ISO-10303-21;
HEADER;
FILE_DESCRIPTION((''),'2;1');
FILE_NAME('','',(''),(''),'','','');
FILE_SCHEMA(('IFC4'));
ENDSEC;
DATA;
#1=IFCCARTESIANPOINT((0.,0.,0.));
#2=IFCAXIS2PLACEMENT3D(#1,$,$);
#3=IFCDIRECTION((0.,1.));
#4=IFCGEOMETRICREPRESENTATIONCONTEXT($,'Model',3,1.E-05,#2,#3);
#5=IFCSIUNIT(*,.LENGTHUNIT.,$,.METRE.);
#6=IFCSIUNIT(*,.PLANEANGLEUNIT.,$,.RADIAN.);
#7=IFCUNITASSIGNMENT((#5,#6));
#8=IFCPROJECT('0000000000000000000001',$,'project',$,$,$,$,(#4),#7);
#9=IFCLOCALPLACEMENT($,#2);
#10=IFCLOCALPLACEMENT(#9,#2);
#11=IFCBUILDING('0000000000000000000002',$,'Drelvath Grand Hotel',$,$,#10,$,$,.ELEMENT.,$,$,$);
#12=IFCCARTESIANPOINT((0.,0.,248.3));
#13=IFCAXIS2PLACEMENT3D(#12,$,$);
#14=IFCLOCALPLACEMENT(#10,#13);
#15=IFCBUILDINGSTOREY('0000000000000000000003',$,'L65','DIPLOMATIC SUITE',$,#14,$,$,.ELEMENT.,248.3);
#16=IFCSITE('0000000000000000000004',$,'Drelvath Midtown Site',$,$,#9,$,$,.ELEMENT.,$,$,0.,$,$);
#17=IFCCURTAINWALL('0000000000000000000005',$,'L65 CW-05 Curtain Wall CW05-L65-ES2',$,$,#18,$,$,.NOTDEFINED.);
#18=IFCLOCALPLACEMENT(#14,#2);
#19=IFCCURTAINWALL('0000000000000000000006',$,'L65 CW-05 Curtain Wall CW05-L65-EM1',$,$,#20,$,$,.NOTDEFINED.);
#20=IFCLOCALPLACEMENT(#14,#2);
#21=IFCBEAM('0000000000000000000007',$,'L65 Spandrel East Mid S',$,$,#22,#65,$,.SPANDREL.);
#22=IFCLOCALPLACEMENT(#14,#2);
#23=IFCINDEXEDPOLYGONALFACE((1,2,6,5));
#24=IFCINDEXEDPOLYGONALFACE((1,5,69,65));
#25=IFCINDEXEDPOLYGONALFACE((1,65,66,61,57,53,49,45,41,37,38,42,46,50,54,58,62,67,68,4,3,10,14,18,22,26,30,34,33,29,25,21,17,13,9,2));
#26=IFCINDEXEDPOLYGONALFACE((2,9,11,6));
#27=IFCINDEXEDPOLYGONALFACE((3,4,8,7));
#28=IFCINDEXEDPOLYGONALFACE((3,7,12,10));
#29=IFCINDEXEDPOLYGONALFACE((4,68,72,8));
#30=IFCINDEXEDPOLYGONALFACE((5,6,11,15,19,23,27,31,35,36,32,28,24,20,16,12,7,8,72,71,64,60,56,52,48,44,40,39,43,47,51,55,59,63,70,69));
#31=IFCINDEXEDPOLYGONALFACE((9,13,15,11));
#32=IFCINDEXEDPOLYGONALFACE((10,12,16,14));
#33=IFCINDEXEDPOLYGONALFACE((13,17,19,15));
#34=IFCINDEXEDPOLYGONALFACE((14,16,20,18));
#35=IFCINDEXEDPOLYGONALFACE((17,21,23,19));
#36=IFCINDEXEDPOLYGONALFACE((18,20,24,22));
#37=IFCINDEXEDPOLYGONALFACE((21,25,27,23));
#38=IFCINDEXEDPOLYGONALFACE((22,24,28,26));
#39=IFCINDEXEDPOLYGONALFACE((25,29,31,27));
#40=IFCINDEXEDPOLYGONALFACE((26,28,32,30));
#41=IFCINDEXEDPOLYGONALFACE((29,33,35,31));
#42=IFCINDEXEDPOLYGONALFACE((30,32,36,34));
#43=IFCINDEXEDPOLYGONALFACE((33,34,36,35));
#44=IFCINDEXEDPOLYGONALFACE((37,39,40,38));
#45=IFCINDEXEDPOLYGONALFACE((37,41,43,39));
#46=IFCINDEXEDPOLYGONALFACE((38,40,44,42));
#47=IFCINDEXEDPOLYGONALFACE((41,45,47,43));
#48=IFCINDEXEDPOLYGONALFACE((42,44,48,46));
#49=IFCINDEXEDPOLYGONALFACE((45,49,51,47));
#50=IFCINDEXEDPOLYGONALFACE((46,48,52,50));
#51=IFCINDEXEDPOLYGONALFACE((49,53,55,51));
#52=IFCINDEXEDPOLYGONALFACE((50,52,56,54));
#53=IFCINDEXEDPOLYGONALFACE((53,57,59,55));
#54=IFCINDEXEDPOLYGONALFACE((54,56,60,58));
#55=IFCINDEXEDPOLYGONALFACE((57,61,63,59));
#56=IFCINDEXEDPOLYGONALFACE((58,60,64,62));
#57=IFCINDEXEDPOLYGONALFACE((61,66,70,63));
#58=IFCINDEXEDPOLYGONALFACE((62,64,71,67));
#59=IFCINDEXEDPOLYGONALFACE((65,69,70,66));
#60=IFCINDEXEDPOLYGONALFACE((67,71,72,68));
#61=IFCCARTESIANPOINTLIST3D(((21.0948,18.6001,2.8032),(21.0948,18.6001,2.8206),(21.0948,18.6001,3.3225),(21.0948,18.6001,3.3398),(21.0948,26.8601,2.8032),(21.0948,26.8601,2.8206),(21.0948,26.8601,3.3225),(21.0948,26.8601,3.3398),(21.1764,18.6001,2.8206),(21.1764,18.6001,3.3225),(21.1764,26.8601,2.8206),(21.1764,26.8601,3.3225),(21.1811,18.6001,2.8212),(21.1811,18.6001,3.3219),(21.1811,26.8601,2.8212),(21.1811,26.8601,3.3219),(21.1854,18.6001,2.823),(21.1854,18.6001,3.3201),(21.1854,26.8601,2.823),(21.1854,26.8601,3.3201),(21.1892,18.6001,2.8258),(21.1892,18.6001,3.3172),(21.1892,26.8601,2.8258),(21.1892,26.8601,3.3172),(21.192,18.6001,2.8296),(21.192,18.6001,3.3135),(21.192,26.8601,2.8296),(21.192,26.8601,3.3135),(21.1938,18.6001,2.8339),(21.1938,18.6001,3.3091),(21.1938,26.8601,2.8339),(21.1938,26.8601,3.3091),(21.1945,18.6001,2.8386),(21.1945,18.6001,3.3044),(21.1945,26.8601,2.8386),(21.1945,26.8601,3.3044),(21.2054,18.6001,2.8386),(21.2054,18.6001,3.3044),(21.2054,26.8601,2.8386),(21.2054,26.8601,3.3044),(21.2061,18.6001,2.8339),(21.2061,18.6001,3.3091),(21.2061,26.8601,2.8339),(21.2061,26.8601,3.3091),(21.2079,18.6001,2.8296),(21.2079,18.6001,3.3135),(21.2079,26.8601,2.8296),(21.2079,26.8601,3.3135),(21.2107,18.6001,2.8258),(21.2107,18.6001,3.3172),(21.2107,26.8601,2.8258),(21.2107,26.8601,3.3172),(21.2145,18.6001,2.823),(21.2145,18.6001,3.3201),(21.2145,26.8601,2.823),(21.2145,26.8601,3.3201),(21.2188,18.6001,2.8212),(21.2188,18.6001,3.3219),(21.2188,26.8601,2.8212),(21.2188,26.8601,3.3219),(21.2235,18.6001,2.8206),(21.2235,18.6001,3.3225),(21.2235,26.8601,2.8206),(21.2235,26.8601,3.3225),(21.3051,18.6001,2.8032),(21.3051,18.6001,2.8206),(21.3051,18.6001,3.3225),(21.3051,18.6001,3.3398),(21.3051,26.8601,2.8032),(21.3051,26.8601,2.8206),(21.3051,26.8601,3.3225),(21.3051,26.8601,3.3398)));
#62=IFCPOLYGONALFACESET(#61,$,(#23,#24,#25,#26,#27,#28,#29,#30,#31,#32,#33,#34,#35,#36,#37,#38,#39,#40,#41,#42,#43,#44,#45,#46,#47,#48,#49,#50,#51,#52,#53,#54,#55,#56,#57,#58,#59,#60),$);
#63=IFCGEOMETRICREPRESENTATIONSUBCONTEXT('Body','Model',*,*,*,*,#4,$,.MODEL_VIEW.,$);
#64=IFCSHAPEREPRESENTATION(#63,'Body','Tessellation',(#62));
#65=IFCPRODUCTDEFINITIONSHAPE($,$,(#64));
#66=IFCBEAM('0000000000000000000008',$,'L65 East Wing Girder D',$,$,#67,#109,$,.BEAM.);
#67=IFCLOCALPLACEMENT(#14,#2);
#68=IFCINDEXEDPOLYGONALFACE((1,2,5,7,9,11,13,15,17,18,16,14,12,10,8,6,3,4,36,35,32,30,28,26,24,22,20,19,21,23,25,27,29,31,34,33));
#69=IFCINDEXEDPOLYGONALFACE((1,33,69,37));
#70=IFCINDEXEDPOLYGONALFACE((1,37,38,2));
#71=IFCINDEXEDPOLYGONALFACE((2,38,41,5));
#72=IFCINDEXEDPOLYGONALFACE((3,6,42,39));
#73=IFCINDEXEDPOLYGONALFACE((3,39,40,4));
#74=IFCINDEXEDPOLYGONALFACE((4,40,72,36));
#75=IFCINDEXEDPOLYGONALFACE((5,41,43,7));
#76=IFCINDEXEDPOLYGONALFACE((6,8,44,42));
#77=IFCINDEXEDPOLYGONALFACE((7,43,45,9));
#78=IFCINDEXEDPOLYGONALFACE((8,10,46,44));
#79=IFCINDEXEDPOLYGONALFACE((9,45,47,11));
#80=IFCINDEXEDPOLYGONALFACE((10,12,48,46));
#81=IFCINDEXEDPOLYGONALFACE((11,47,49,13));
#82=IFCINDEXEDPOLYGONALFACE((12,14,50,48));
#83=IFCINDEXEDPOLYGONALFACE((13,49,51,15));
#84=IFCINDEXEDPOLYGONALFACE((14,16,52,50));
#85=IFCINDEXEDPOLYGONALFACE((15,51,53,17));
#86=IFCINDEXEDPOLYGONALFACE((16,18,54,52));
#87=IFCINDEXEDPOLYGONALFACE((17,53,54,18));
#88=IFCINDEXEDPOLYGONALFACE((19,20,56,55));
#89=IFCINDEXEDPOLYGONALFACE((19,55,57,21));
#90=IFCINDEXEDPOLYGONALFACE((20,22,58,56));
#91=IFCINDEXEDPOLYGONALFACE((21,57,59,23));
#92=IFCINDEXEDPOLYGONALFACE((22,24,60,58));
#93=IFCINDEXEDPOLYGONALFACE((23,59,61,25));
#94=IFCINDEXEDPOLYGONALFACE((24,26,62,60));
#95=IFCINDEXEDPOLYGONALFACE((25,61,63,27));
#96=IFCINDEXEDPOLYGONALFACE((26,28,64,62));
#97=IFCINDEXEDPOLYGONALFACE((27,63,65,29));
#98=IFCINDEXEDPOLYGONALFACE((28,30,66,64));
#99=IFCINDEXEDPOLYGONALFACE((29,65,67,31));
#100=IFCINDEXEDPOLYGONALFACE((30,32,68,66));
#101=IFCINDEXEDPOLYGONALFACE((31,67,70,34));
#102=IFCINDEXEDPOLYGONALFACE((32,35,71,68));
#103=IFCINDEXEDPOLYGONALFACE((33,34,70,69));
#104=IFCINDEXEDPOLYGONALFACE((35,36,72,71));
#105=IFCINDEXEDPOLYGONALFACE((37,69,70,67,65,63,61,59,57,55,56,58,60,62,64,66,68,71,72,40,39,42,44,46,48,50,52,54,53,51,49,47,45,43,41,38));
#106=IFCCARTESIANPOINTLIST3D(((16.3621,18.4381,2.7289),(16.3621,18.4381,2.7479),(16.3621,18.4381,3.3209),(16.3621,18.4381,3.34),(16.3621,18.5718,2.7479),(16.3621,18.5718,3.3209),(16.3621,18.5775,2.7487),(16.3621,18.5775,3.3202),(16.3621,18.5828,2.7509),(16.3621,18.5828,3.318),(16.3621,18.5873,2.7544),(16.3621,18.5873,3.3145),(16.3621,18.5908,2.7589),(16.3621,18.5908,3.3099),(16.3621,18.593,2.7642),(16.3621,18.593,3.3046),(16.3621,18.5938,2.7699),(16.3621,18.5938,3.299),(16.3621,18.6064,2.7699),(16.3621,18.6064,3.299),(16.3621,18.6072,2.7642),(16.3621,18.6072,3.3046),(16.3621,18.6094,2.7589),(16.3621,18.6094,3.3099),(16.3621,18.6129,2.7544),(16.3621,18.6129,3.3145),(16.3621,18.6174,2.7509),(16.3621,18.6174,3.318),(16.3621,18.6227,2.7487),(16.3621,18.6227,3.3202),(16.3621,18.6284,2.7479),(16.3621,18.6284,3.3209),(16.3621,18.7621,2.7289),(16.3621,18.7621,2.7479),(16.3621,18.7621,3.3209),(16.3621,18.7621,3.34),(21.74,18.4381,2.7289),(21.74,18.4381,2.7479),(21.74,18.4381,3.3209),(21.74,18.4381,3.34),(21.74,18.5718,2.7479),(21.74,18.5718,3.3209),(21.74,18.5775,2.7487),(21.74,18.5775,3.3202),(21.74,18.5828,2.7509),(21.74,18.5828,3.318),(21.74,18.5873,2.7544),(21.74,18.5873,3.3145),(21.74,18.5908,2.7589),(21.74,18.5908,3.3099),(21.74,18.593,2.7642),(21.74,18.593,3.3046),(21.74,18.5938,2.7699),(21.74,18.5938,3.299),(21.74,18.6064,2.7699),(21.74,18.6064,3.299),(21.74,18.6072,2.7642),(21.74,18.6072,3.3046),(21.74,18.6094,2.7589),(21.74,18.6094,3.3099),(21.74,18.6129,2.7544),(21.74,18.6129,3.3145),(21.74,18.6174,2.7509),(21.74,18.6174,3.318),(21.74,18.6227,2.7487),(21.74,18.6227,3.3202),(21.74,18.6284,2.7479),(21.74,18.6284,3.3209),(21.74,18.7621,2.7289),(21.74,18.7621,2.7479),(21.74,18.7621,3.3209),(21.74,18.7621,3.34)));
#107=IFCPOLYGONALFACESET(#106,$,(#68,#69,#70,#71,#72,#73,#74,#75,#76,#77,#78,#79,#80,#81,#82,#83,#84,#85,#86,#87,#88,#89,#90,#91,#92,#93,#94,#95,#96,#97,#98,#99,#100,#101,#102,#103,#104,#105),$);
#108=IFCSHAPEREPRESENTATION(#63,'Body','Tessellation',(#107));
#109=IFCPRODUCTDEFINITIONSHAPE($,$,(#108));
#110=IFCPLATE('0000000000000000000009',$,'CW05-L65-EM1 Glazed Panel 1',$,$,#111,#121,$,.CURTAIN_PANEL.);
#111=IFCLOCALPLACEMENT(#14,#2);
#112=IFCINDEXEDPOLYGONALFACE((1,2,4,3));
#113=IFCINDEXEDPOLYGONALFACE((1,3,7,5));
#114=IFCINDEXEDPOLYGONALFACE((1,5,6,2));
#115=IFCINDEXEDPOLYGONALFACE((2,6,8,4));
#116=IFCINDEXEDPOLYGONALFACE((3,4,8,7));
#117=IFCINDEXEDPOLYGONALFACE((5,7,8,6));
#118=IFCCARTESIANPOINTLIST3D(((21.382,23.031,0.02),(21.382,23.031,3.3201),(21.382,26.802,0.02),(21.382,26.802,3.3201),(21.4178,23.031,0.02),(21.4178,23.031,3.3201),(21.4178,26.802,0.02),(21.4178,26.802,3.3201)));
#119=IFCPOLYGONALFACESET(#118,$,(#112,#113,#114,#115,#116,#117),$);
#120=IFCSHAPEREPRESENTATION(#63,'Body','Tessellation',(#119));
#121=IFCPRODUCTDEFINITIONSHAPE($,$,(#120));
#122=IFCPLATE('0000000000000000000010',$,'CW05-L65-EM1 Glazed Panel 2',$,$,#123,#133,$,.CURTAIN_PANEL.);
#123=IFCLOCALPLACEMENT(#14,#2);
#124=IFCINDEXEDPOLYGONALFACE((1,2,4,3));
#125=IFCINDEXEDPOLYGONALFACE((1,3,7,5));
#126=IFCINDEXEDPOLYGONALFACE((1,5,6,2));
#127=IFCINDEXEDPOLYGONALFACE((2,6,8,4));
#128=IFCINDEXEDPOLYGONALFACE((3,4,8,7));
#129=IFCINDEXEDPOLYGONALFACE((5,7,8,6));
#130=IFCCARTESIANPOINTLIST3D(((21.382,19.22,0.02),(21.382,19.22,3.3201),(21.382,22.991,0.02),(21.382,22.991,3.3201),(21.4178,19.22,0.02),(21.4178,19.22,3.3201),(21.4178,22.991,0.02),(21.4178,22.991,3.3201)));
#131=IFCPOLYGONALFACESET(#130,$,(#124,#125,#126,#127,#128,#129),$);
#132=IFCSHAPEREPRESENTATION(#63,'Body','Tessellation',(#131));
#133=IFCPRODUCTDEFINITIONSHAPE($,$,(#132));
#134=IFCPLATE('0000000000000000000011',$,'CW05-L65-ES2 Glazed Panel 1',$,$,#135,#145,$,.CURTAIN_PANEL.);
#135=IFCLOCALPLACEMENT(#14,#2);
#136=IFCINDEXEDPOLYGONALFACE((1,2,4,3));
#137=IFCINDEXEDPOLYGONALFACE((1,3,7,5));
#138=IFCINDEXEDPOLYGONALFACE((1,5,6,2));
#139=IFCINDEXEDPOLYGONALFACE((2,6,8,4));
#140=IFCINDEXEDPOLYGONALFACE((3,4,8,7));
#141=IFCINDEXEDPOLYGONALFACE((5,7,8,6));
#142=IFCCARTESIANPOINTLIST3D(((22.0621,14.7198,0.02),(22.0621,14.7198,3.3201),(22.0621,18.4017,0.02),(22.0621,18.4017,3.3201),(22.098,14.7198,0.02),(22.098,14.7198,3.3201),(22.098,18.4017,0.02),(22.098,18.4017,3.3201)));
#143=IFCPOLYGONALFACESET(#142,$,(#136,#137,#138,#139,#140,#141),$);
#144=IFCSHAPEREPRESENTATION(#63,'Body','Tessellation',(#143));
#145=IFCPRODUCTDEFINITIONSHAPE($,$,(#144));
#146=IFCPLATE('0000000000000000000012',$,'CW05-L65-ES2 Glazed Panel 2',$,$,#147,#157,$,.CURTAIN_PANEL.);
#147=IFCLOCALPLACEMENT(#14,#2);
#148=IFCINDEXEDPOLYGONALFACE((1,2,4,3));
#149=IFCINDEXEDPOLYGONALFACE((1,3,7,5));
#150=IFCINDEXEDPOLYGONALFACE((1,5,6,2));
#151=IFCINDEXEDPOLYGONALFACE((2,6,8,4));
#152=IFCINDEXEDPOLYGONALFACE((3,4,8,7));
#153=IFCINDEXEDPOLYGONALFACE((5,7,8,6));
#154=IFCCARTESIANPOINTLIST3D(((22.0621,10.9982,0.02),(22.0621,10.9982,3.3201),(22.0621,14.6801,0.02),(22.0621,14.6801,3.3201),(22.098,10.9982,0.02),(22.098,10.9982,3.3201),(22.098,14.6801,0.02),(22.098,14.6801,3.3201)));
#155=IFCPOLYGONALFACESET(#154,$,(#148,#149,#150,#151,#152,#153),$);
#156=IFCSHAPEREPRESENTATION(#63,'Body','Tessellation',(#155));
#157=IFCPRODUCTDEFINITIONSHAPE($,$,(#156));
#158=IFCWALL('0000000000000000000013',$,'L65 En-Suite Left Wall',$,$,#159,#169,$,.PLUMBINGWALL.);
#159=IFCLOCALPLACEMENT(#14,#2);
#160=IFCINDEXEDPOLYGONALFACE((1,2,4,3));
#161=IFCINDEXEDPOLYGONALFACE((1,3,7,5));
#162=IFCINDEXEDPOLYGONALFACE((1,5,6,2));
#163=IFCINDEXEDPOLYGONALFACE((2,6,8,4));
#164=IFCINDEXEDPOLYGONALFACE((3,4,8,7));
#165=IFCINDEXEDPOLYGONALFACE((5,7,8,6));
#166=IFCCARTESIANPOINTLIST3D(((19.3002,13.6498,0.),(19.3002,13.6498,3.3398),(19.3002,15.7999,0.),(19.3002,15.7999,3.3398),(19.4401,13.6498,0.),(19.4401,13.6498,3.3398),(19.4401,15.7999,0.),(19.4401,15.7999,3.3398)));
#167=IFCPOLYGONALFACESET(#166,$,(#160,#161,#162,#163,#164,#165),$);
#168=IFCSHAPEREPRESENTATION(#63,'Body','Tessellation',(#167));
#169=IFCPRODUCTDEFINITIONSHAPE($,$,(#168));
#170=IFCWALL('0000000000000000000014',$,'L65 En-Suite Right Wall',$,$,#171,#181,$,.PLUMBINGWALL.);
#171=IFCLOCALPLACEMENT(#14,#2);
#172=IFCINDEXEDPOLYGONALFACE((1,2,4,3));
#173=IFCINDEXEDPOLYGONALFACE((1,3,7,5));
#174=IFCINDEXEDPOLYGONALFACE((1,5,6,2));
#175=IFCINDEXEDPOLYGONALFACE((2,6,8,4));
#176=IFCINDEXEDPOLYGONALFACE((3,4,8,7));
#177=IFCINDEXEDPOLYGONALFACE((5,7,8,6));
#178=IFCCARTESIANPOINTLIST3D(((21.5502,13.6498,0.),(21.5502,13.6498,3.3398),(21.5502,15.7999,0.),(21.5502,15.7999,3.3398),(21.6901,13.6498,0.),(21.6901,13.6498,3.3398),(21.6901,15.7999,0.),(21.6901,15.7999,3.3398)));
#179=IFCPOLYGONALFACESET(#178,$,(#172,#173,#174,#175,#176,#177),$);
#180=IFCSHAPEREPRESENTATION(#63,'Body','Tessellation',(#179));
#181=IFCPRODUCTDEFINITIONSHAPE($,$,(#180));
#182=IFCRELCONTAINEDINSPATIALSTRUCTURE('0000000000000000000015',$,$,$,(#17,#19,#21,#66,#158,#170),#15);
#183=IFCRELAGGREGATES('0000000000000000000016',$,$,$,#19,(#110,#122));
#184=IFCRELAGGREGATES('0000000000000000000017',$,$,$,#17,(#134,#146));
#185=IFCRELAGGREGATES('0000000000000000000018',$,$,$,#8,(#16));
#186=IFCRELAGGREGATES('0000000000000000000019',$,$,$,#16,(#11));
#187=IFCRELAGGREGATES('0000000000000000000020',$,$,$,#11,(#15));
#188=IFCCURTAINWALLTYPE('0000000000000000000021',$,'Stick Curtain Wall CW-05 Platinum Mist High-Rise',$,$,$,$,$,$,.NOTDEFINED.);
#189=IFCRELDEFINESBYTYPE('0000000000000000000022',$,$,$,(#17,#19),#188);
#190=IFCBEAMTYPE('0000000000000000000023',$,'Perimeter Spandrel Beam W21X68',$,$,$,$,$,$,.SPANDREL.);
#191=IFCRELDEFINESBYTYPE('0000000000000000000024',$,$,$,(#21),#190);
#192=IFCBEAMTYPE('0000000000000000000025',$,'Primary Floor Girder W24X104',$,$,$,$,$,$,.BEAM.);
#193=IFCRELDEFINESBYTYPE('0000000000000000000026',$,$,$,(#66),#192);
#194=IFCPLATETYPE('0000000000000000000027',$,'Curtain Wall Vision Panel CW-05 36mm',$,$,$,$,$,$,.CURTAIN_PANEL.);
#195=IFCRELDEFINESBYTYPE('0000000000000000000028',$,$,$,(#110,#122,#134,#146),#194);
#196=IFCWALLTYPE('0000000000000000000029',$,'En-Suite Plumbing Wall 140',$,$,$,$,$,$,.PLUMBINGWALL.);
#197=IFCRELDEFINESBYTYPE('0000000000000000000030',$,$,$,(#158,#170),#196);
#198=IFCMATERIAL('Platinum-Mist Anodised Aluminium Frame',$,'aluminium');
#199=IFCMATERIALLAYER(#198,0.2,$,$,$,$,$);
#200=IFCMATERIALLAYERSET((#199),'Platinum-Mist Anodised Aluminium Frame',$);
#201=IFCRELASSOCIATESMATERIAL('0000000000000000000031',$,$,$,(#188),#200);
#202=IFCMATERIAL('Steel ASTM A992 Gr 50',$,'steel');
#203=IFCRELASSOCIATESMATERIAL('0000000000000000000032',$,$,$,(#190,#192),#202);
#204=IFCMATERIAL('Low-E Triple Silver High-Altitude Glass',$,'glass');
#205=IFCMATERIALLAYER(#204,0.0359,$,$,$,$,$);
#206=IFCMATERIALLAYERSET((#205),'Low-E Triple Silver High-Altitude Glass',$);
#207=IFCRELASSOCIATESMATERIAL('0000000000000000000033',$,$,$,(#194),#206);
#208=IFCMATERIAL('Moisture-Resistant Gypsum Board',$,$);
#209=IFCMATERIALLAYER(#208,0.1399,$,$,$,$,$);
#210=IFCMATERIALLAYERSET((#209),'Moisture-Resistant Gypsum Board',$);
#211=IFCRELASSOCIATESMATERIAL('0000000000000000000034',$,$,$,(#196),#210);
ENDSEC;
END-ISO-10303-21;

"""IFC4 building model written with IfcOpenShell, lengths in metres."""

from ifc_helpers import new_model, si_unit, direction, frame, frame_2d, origin, origin_2d, place, context, subcontext, project, spatial, rectangle, i_section, extrude, material, layer, layer_set, material_profile, profile_set, type_object, element, aggregate, save


model = new_model("IFC4")

# Units and contexts
model_context = context("Model", 3, precision=1e-05, world=origin(), true_north=direction((0.0, 1.0)))
body_context = subcontext(model_context, "Body", "Model", "MODEL_VIEW")
ifc_project = project(units=[si_unit("LENGTHUNIT", "METRE"), si_unit("PLANEANGLEUNIT", "RADIAN")], contexts=[model_context])

# Site, building, storey
site_placement = place(None, origin())
site = spatial("IfcSite", under=ifc_project, at=site_placement, Name="Drelvath Midtown Site", CompositionType="ELEMENT", RefElevation=0.0)
building_placement = place(site_placement, origin())
building = spatial("IfcBuilding", under=site, at=building_placement, Name="Drelvath Grand Hotel", CompositionType="ELEMENT")
storey_placement = place(building_placement, frame((0.0, 0.0, 248.3)))
storey = spatial("IfcBuildingStorey", under=building, at=storey_placement, Name="L65", Description="DIPLOMATIC SUITE", CompositionType="ELEMENT", Elevation=248.3)

# Curtain wall
ifc_material_1 = material(Name="Platinum-Mist Anodised Aluminium Frame", Category="aluminium")
ifc_layer_1 = layer(ifc_material_1, 0.2)
ifc_layer_set_1 = layer_set([ifc_layer_1], Name="Platinum-Mist Anodised Aluminium Frame")
curtain_wall_type = type_object("IfcCurtainWallType", Name="Stick Curtain Wall CW-05 Platinum Mist High-Rise", PredefinedType="NOTDEFINED", material=ifc_layer_set_1)
curtain_wall_1_placement = place(storey_placement, origin())
curtain_wall_1 = element("IfcCurtainWall", 1, at=curtain_wall_1_placement, inside=storey, type_object=curtain_wall_type, Name="L65 CW-05 Curtain Wall CW05-L65-ES2", PredefinedType="NOTDEFINED")

# Curtain wall
curtain_wall_2_placement = place(storey_placement, origin())
curtain_wall_2 = element("IfcCurtainWall", 2, at=curtain_wall_2_placement, inside=storey, type_object=curtain_wall_type, Name="L65 CW-05 Curtain Wall CW05-L65-EM1", PredefinedType="NOTDEFINED")

# Beams
ifc_material_2 = material(Name="Steel ASTM A992 Gr 50", Category="steel")
ifc_material_profile_1 = material_profile(ifc_material_2, i_section(OverallWidth=0.2102, OverallDepth=0.5366, WebThickness=0.011, FlangeThickness=0.0173, FilletRadius=0.0181, at=origin_2d()), Name="W21X68")
ifc_profile_set_1 = profile_set([ifc_material_profile_1], Name="Steel ASTM A992 Gr 50")
beam_type_1 = type_object("IfcBeamType", Name="Perimeter Spandrel Beam W21X68", PredefinedType="SPANDREL", material=ifc_profile_set_1)
beam_1_placement = place(storey_placement, frame((21.2, 18.6001, 3.0715), z_axis=(0.0, 1.0, 0.0), x_axis=(-1.0, 0.0, 0.0)))
element("IfcBeam", 3, at=beam_1_placement, inside=storey, type_object=beam_type_1, Name="L65 Spandrel East Mid S", PredefinedType="SPANDREL", context=body_context, shape_type="SweptSolid", body=[
    extrude(i_section(OverallWidth=0.2102, OverallDepth=0.5366, WebThickness=0.011, FlangeThickness=0.0173, FilletRadius=0.0181, at=origin_2d()), origin(), (0.0, 0.0, 1.0), 8.26),
])
ifc_material_profile_2 = material_profile(ifc_material_2, i_section(OverallWidth=0.324, OverallDepth=0.6111, WebThickness=0.0127, FlangeThickness=0.019, FilletRadius=0.022, at=origin_2d()), Name="W24X104")
ifc_profile_set_2 = profile_set([ifc_material_profile_2], Name="Steel ASTM A992 Gr 50")
beam_type_2 = type_object("IfcBeamType", Name="Primary Floor Girder W24X104", PredefinedType="BEAM", material=ifc_profile_set_2)
beam_2_placement = place(storey_placement, frame((16.3621, 18.6001, 3.0344), z_axis=(1.0, 0.0, 0.0), x_axis=(0.0, 1.0, 0.0)))
element("IfcBeam", 4, at=beam_2_placement, inside=storey, type_object=beam_type_2, Name="L65 East Wing Girder D", PredefinedType="BEAM", context=body_context, shape_type="SweptSolid", body=[
    extrude(i_section(OverallWidth=0.324, OverallDepth=0.6111, WebThickness=0.0127, FlangeThickness=0.019, FilletRadius=0.022, at=origin_2d()), origin(), (0.0, 0.0, 1.0), 5.3779),
])

# Plates
ifc_material_3 = material(Name="Low-E Triple Silver High-Altitude Glass", Category="glass")
ifc_layer_2 = layer(ifc_material_3, 0.0359)
ifc_layer_set_2 = layer_set([ifc_layer_2], Name="Low-E Triple Silver High-Altitude Glass")
plate_type = type_object("IfcPlateType", Name="Curtain Wall Vision Panel CW-05 36mm", PredefinedType="CURTAIN_PANEL", material=ifc_layer_set_2)
plate_1_placement = place(storey_placement, frame((21.3999, 24.9165, 0.02), z_axis=(0.0, 0.0, 1.0), x_axis=(0.0, -1.0, 0.0)))
plate_1 = element("IfcPlate", 5, at=plate_1_placement, type_object=plate_type, Name="CW05-L65-EM1 Glazed Panel 1", PredefinedType="CURTAIN_PANEL", context=body_context, shape_type="SweptSolid", body=[
    extrude(rectangle(XDim=3.771, YDim=0.0359, at=origin_2d()), origin(), (0.0, 0.0, 1.0), 3.3),
])
plate_2_placement = place(storey_placement, frame((21.3999, 21.1055, 0.02), z_axis=(0.0, 0.0, 1.0), x_axis=(0.0, -1.0, 0.0)))
plate_2 = element("IfcPlate", 6, at=plate_2_placement, type_object=plate_type, Name="CW05-L65-EM1 Glazed Panel 2", PredefinedType="CURTAIN_PANEL", context=body_context, shape_type="SweptSolid", body=[
    extrude(rectangle(XDim=3.771, YDim=0.0359, at=origin_2d()), origin(), (0.0, 0.0, 1.0), 3.3),
])
aggregate(curtain_wall_2, [plate_1, plate_2])
plate_3_placement = place(storey_placement, frame((22.0801, 16.5608, 0.02), z_axis=(0.0, 0.0, 1.0), x_axis=(0.0, -1.0, 0.0)))
plate_3 = element("IfcPlate", 7, at=plate_3_placement, type_object=plate_type, Name="CW05-L65-ES2 Glazed Panel 1", PredefinedType="CURTAIN_PANEL", context=body_context, shape_type="SweptSolid", body=[
    extrude(rectangle(XDim=3.6819, YDim=0.0359, at=origin_2d()), origin(), (0.0, 0.0, 1.0), 3.3),
])
plate_4_placement = place(storey_placement, frame((22.0801, 12.8391, 0.02), z_axis=(0.0, 0.0, 1.0), x_axis=(0.0, -1.0, 0.0)))
plate_4 = element("IfcPlate", 8, at=plate_4_placement, type_object=plate_type, Name="CW05-L65-ES2 Glazed Panel 2", PredefinedType="CURTAIN_PANEL", context=body_context, shape_type="SweptSolid", body=[
    extrude(rectangle(XDim=3.6819, YDim=0.0359, at=origin_2d()), origin(), (0.0, 0.0, 1.0), 3.3),
])
aggregate(curtain_wall_1, [plate_3, plate_4])

# Walls
ifc_material_4 = material(Name="Moisture-Resistant Gypsum Board")
ifc_layer_3 = layer(ifc_material_4, 0.1399)
ifc_layer_set_3 = layer_set([ifc_layer_3], Name="Moisture-Resistant Gypsum Board")
wall_type_1 = type_object("IfcWallType", Name="En-Suite Plumbing Wall 140", PredefinedType="PLUMBINGWALL", material=ifc_layer_set_3)
for number, where, z_axis, x_axis, name in (
    (9, (19.3701, 15.8, 0.0), (0.0, 0.0, 1.0), (0.0, -1.0, 0.0), "L65 En-Suite Left Wall"),
    (10, (21.6201, 15.8, 0.0), (0.0, 0.0, 1.0), (0.0, -1.0, 0.0), "L65 En-Suite Right Wall"),
):
    element("IfcWall", number, at=place(storey_placement, frame(where, z_axis=z_axis, x_axis=x_axis)), inside=storey, type_object=wall_type_1, Name=name, PredefinedType="PLUMBINGWALL", context=body_context, shape_type="SweptSolid", body=[
        extrude(rectangle(XDim=2.1501, YDim=0.1399, at=frame_2d((1.0752, 0.0))), origin(), (0.0, 0.0, 1.0), 3.3398),
    ])

save(model, "model.ifc")
